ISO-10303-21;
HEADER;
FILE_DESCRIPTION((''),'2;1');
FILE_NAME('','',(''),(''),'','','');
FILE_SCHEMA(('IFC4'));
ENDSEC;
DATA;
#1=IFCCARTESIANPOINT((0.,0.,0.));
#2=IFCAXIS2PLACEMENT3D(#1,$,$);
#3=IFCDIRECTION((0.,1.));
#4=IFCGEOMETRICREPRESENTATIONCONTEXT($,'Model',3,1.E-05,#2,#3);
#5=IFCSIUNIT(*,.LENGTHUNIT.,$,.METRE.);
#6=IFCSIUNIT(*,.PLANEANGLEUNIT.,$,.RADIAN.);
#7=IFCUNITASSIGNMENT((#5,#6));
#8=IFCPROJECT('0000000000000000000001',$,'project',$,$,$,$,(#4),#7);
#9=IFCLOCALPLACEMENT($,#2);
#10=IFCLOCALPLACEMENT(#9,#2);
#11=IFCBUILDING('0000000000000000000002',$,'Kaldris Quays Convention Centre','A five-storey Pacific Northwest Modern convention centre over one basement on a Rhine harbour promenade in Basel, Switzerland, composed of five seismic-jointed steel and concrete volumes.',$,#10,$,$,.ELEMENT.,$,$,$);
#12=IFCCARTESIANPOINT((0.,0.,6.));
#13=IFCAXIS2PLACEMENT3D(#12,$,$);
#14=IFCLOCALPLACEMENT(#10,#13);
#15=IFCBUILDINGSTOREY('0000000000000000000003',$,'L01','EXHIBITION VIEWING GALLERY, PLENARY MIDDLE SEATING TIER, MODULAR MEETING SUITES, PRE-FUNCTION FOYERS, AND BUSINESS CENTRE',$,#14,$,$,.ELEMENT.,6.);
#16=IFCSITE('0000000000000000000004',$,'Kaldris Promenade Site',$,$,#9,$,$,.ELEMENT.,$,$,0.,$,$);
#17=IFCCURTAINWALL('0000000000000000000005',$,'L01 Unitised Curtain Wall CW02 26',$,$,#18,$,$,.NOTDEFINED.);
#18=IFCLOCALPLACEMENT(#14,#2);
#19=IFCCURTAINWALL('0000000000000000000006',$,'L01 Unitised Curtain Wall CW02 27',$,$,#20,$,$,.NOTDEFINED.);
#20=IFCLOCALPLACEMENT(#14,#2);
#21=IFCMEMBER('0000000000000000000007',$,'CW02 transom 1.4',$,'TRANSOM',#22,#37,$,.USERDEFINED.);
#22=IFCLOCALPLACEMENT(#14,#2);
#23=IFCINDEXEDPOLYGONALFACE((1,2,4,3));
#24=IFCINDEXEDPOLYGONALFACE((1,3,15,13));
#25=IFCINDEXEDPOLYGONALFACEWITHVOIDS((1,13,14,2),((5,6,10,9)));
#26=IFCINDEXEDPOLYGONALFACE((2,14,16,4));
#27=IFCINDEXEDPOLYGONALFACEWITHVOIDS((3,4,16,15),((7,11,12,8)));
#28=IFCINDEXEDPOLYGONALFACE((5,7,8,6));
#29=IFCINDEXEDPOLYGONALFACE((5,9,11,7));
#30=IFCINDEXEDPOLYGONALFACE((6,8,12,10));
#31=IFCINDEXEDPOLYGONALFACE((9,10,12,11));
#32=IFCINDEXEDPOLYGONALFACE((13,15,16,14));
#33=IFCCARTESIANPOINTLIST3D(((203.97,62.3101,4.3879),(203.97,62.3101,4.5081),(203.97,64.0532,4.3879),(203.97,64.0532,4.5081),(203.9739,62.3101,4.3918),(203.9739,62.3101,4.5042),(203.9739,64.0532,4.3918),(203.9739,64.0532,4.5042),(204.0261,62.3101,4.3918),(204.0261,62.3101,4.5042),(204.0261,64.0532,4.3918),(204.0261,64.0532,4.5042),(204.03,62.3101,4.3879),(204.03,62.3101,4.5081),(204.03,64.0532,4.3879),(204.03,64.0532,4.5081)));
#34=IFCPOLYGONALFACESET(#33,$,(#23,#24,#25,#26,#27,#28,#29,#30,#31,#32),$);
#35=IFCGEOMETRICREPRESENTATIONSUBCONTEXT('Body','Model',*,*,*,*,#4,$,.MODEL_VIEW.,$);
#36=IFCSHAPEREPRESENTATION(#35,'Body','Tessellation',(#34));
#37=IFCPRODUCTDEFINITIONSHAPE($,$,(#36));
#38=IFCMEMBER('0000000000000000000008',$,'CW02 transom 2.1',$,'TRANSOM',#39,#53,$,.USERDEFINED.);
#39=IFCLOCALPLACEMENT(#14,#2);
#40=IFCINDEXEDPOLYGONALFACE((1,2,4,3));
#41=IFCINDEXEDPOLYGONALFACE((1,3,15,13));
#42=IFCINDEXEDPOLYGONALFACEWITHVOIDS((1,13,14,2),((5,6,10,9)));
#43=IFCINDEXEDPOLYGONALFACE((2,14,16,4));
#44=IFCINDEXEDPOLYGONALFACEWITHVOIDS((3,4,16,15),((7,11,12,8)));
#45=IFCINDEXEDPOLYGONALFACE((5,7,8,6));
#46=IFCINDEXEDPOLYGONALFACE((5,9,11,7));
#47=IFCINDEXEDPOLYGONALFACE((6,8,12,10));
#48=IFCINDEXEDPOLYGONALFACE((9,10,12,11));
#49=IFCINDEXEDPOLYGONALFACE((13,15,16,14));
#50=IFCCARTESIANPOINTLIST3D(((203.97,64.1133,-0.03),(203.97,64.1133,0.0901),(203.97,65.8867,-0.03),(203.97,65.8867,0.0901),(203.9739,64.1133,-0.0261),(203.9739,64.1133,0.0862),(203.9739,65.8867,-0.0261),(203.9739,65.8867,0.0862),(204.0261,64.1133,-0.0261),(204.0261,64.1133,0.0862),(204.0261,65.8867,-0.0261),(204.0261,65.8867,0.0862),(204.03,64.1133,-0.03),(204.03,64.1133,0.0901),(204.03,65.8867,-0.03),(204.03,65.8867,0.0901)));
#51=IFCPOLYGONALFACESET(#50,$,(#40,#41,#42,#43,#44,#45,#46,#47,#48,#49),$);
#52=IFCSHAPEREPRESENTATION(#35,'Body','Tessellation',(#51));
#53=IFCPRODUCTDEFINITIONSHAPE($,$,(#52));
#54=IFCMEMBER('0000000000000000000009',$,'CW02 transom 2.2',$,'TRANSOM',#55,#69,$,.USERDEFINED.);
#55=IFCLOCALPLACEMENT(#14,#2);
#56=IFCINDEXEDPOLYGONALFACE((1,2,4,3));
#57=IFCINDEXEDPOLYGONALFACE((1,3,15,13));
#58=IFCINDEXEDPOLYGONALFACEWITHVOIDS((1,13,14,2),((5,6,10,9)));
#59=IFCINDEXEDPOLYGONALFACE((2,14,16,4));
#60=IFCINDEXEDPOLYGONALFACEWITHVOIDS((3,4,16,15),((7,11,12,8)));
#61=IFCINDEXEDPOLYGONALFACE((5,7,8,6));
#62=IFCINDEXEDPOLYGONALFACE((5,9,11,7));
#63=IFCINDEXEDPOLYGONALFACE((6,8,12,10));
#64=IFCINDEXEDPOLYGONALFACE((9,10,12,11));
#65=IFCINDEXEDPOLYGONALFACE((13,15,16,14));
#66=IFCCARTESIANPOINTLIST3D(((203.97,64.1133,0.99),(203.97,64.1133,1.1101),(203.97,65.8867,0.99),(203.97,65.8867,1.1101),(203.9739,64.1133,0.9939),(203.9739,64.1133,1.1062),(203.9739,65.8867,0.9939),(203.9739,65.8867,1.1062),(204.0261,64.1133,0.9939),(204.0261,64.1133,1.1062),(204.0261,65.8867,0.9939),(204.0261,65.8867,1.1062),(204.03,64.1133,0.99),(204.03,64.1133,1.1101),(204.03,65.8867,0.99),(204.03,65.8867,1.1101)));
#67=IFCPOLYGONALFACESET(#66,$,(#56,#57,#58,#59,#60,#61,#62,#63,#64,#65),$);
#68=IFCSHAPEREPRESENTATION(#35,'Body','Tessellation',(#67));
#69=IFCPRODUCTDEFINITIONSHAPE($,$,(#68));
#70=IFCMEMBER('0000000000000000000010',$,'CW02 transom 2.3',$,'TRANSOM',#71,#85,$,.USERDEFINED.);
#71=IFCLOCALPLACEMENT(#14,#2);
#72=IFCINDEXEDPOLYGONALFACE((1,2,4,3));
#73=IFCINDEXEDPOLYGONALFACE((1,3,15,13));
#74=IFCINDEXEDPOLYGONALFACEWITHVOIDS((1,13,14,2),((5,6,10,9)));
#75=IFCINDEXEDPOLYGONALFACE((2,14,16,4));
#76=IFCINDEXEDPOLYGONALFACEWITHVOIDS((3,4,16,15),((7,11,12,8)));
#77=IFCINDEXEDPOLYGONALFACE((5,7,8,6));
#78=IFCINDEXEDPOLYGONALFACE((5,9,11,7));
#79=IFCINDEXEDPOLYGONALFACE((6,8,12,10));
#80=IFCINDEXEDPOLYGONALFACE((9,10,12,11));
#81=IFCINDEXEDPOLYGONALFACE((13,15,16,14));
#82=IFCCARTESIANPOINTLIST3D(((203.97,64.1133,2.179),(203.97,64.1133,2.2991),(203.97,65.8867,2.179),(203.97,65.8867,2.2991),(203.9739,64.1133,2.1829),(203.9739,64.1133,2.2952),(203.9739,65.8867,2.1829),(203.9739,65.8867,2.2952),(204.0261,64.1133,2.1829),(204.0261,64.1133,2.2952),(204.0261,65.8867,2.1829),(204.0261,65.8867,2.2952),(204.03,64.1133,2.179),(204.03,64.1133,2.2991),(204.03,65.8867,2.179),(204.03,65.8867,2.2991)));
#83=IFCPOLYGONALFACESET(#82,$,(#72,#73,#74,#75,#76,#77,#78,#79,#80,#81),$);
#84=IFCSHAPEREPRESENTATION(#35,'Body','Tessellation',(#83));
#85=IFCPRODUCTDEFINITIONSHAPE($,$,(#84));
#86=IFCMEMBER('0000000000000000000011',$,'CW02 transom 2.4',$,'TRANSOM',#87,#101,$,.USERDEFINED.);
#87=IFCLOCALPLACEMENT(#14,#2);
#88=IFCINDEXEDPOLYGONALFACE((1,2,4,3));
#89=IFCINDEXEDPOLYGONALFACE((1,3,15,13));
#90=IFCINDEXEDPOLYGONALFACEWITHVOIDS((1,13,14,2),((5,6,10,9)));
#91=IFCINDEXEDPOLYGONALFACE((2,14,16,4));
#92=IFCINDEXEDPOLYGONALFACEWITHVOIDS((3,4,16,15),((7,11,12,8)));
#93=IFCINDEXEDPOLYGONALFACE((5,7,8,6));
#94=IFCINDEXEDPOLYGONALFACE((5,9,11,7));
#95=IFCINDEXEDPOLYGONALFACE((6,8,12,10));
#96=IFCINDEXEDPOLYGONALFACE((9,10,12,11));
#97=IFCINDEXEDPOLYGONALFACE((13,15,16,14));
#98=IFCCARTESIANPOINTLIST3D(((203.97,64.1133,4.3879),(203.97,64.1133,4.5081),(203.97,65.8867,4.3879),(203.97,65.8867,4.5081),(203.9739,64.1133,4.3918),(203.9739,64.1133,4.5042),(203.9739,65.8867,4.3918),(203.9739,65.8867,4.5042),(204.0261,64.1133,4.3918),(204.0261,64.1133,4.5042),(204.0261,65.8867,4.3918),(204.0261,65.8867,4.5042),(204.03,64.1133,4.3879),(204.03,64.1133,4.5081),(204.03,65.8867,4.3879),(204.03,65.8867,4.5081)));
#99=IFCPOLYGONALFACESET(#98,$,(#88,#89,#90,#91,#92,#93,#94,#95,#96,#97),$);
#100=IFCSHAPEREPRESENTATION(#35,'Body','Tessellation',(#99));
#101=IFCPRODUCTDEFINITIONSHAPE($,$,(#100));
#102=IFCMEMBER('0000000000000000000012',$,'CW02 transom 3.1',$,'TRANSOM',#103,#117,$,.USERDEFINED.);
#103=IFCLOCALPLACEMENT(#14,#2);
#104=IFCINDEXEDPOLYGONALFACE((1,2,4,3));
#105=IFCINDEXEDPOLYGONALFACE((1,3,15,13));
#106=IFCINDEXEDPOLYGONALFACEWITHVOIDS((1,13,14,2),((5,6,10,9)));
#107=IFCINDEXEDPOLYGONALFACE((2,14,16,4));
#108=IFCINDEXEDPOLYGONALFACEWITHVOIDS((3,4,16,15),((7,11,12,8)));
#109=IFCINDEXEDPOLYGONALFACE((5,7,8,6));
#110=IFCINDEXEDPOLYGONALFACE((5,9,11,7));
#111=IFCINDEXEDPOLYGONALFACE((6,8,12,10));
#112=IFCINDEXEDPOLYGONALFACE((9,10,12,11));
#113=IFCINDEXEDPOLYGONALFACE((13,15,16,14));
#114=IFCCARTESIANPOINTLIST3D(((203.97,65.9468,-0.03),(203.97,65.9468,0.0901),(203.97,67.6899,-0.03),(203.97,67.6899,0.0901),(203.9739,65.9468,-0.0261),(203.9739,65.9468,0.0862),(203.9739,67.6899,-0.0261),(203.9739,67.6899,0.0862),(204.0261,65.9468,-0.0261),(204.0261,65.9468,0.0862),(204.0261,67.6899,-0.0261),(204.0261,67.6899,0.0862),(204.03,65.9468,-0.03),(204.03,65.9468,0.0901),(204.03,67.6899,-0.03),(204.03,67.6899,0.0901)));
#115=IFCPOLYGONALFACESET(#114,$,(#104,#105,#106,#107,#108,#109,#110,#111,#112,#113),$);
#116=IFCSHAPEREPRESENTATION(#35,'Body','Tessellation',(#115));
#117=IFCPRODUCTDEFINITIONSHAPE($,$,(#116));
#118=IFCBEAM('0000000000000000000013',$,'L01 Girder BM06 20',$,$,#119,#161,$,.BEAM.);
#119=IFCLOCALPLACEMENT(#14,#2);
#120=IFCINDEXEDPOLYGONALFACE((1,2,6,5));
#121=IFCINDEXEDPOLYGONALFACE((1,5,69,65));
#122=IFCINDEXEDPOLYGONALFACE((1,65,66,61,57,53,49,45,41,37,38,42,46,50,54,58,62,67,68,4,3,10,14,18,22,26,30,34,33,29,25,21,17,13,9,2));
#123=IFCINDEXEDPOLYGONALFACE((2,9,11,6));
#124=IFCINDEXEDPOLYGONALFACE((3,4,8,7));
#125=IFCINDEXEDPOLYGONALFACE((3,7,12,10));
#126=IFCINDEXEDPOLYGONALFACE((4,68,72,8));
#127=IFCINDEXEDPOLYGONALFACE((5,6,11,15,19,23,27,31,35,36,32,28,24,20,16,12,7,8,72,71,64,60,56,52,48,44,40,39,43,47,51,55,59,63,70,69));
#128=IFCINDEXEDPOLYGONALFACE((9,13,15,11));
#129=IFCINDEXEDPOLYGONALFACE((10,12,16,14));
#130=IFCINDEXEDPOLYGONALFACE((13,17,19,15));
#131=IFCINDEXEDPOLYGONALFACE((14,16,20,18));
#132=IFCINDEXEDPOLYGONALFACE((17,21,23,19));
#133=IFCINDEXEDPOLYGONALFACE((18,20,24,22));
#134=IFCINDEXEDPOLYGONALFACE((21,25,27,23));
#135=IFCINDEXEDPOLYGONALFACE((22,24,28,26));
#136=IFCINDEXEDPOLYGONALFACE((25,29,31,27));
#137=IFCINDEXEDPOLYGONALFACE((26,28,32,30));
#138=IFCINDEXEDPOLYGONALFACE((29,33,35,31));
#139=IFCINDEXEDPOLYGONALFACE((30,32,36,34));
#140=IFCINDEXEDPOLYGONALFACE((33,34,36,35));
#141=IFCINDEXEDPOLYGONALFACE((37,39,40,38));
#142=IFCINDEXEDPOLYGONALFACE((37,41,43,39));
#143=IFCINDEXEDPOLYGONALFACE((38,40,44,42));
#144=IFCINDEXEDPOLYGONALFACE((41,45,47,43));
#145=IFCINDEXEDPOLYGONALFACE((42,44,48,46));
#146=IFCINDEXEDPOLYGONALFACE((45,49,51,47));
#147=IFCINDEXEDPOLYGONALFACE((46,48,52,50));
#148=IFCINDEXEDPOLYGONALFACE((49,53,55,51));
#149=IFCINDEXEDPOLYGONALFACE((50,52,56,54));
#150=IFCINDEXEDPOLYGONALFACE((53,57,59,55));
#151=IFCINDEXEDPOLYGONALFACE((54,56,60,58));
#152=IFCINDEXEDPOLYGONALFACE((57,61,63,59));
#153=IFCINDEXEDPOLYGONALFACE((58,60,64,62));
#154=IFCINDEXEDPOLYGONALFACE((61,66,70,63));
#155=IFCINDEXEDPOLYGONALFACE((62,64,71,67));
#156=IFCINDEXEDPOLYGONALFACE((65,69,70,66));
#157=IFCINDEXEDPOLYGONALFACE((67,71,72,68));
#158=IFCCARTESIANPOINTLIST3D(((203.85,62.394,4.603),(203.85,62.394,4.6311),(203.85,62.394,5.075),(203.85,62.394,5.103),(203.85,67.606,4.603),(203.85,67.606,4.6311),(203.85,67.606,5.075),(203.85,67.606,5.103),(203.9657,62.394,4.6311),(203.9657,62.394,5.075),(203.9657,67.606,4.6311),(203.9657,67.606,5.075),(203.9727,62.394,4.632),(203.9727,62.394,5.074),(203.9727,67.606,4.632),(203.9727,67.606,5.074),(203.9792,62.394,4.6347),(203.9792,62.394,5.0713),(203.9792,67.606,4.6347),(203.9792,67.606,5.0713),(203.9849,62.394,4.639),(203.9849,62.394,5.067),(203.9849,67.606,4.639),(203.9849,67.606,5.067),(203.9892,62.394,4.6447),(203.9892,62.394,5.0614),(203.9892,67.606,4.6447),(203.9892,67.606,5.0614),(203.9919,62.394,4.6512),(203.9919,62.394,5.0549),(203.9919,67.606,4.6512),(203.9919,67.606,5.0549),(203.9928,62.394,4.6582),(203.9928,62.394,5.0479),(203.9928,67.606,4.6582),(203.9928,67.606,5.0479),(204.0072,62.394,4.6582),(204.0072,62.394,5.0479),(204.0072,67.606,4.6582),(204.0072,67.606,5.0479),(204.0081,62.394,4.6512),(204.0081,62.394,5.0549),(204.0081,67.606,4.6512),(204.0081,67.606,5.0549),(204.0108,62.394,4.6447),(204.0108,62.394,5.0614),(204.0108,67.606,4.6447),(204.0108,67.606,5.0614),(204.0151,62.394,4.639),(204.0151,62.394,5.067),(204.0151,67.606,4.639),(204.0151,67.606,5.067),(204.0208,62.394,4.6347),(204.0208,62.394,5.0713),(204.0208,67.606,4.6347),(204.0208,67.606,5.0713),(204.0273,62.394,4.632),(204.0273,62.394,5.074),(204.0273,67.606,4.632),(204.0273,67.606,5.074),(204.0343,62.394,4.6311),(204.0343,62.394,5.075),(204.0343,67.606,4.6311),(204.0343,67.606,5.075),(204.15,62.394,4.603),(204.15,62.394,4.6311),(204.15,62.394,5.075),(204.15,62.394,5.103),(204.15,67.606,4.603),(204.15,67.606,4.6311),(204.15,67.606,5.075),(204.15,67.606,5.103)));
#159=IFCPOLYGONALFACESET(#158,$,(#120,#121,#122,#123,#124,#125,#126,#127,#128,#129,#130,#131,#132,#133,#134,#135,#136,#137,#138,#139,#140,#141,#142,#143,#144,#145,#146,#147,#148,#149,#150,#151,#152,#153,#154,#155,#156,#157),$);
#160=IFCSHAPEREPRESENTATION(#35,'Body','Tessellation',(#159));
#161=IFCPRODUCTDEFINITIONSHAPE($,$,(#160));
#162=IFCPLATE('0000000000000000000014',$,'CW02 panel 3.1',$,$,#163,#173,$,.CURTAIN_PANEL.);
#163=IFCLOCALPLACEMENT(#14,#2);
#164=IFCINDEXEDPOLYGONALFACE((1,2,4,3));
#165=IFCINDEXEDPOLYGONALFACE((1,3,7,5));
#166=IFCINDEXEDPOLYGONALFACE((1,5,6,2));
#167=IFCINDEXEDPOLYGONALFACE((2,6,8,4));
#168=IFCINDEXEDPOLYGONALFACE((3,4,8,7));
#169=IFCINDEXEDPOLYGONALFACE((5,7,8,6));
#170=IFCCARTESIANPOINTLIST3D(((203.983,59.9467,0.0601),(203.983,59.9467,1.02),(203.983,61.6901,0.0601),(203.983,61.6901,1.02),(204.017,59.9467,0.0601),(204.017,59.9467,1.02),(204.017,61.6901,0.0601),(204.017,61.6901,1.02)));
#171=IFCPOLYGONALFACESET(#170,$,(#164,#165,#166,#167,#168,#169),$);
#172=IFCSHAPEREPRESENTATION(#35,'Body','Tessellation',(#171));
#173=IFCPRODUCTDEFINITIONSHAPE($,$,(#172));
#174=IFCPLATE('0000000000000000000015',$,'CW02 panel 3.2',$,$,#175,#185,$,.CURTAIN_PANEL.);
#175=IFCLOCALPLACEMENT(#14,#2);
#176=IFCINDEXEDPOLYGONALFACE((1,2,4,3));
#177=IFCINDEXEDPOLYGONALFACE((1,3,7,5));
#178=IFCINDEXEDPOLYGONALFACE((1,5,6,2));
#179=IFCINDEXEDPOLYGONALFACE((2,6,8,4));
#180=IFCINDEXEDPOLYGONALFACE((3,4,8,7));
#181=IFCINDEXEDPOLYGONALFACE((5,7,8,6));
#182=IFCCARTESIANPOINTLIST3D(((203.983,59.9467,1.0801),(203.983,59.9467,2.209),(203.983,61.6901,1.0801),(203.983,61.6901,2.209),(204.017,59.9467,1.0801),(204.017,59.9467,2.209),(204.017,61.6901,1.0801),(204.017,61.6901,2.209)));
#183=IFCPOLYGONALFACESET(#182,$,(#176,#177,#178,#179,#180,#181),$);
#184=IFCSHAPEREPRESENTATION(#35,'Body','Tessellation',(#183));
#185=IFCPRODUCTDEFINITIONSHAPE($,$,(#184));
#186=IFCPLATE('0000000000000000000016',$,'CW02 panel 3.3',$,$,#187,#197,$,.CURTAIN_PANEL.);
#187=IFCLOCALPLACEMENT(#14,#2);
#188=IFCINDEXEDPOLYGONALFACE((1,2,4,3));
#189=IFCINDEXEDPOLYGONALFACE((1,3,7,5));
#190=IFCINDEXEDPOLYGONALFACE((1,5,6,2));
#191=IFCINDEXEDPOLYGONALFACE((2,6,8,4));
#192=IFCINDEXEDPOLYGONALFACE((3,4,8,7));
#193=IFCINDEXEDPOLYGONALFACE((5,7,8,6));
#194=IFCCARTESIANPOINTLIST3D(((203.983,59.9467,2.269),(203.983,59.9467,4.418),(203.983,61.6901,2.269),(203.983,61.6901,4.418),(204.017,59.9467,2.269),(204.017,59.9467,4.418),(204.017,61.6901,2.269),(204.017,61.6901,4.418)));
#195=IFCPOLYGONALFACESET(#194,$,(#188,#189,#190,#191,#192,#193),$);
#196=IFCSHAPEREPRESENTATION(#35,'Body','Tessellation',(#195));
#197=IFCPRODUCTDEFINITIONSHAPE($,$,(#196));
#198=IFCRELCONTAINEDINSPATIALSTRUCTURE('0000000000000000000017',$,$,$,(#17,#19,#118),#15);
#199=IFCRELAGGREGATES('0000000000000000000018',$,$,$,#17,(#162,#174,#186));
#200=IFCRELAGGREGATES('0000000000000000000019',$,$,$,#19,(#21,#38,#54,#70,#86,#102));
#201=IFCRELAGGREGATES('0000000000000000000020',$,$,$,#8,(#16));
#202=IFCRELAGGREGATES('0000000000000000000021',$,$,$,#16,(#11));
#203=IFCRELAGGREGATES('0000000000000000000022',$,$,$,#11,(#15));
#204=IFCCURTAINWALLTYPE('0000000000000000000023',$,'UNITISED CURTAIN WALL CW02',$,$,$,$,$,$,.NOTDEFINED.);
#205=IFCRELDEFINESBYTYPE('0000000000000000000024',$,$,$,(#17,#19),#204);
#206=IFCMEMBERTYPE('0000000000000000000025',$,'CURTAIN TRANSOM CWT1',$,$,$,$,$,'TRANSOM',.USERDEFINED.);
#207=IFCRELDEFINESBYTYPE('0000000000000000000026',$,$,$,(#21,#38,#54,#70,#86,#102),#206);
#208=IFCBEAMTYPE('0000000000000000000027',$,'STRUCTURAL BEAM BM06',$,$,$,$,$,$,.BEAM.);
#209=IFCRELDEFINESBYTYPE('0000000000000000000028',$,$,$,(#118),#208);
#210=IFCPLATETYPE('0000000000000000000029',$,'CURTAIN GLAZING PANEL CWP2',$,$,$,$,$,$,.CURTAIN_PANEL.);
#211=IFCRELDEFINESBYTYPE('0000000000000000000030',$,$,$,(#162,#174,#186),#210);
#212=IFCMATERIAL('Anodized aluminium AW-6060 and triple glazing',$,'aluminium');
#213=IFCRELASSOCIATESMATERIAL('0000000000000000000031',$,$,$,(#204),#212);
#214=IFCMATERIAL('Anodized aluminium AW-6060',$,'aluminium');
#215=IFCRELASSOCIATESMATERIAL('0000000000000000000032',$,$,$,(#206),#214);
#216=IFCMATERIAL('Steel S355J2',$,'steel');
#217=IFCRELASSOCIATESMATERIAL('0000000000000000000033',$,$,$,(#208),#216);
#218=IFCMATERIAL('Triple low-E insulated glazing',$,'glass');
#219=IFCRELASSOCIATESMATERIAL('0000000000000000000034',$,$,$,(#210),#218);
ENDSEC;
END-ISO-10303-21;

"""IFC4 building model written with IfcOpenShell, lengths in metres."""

from ifc_helpers import new_model, si_unit, direction, frame, origin, origin_2d, place, context, subcontext, project, spatial, rectangle, hollow_rectangle, i_section, extrude, material, material_profile, profile_set, type_object, element, aggregate, save


model = new_model("IFC4")

# Units and contexts
model_context = context("Model", 3, precision=1e-05, world=origin(), true_north=direction((0.0, 1.0)))
body_context = subcontext(model_context, "Body", "Model", "MODEL_VIEW")
ifc_project = project(units=[si_unit("LENGTHUNIT", "METRE"), si_unit("PLANEANGLEUNIT", "RADIAN")], contexts=[model_context])

# Site, building, storey
site_placement = place(None, origin())
site = spatial("IfcSite", under=ifc_project, at=site_placement, Name="Kaldris Promenade Site", CompositionType="ELEMENT", RefElevation=0.0)
building_placement = place(site_placement, origin())
building = spatial("IfcBuilding", under=site, at=building_placement, Name="Kaldris Quays Convention Centre", Description="A five-storey Pacific Northwest Modern convention centre over one basement on a Rhine harbour promenade in Basel, Switzerland, composed of five seismic-jointed steel and concrete volumes.", CompositionType="ELEMENT")
storey_placement = place(building_placement, frame((0.0, 0.0, 6.0)))
storey = spatial("IfcBuildingStorey", under=building, at=storey_placement, Name="L01", Description="EXHIBITION VIEWING GALLERY, PLENARY MIDDLE SEATING TIER, MODULAR MEETING SUITES, PRE-FUNCTION FOYERS, AND BUSINESS CENTRE", CompositionType="ELEMENT", Elevation=6.0)

# Shared definitions
ifc_material_1 = material(Name="Steel S355J2", Category="steel")

# Curtain wall
ifc_material_2 = material(Name="Anodized aluminium AW-6060 and triple glazing", Category="aluminium")
curtain_wall_type = type_object("IfcCurtainWallType", Name="UNITISED CURTAIN WALL CW02", PredefinedType="NOTDEFINED", material=ifc_material_2)
curtain_wall_1_placement = place(storey_placement, origin())
curtain_wall_1 = element("IfcCurtainWall", 1, at=curtain_wall_1_placement, inside=storey, type_object=curtain_wall_type, Name="L01 Unitised Curtain Wall CW02 26", PredefinedType="NOTDEFINED")
ifc_material_3 = material(Name="Anodized aluminium AW-6060", Category="aluminium")

# Curtain wall
curtain_wall_2_placement = place(storey_placement, origin())
curtain_wall_2 = element("IfcCurtainWall", 2, at=curtain_wall_2_placement, inside=storey, type_object=curtain_wall_type, Name="L01 Unitised Curtain Wall CW02 27", PredefinedType="NOTDEFINED")

# Members
ifc_material_profile_1 = material_profile(ifc_material_3, hollow_rectangle(XDim=0.0601, YDim=0.1201, WallThickness=0.0039, at=origin_2d()), Name="RHS 120x60x4")
ifc_profile_set_1 = profile_set([ifc_material_profile_1], Name="Anodized aluminium AW-6060")
member_type_1 = type_object("IfcMemberType", Name="CURTAIN TRANSOM CWT1", ElementType="TRANSOM", PredefinedType="USERDEFINED", material=ifc_profile_set_1)
member_1_placement = place(storey_placement, frame((204.0, 62.3101, 4.448), z_axis=(0.0, 1.0, 0.0), x_axis=(-1.0, 0.0, 0.0)))
member_1 = element("IfcMember", 3, at=member_1_placement, type_object=member_type_1, Name="CW02 transom 1.4", ObjectType="TRANSOM", PredefinedType="USERDEFINED", context=body_context, shape_type="SweptSolid", body=[
    extrude(hollow_rectangle(XDim=0.0601, YDim=0.1201, WallThickness=0.0039, at=origin_2d()), origin(), (0.0, 0.0, 1.0), 1.7432),
])
member_2_placement = place(storey_placement, frame((204.0, 64.1133, 0.03), z_axis=(0.0, 1.0, 0.0), x_axis=(-1.0, 0.0, 0.0)))
member_2 = element("IfcMember", 4, at=member_2_placement, type_object=member_type_1, Name="CW02 transom 2.1", ObjectType="TRANSOM", PredefinedType="USERDEFINED", context=body_context, shape_type="SweptSolid", body=[
    extrude(hollow_rectangle(XDim=0.0601, YDim=0.1201, WallThickness=0.0039, at=origin_2d()), origin(), (0.0, 0.0, 1.0), 1.7734),
])
member_3_placement = place(storey_placement, frame((204.0, 64.1133, 1.05), z_axis=(0.0, 1.0, 0.0), x_axis=(-1.0, 0.0, 0.0)))
member_3 = element("IfcMember", 5, at=member_3_placement, type_object=member_type_1, Name="CW02 transom 2.2", ObjectType="TRANSOM", PredefinedType="USERDEFINED", context=body_context, shape_type="SweptSolid", body=[
    extrude(hollow_rectangle(XDim=0.0601, YDim=0.1201, WallThickness=0.0039, at=origin_2d()), origin(), (0.0, 0.0, 1.0), 1.7734),
])
member_4_placement = place(storey_placement, frame((204.0, 64.1133, 2.239), z_axis=(0.0, 1.0, 0.0), x_axis=(-1.0, 0.0, 0.0)))
member_4 = element("IfcMember", 6, at=member_4_placement, type_object=member_type_1, Name="CW02 transom 2.3", ObjectType="TRANSOM", PredefinedType="USERDEFINED", context=body_context, shape_type="SweptSolid", body=[
    extrude(hollow_rectangle(XDim=0.0601, YDim=0.1201, WallThickness=0.0039, at=origin_2d()), origin(), (0.0, 0.0, 1.0), 1.7734),
])
member_5_placement = place(storey_placement, frame((204.0, 64.1133, 4.448), z_axis=(0.0, 1.0, 0.0), x_axis=(-1.0, 0.0, 0.0)))
member_5 = element("IfcMember", 7, at=member_5_placement, type_object=member_type_1, Name="CW02 transom 2.4", ObjectType="TRANSOM", PredefinedType="USERDEFINED", context=body_context, shape_type="SweptSolid", body=[
    extrude(hollow_rectangle(XDim=0.0601, YDim=0.1201, WallThickness=0.0039, at=origin_2d()), origin(), (0.0, 0.0, 1.0), 1.7734),
])
member_6_placement = place(storey_placement, frame((204.0, 65.9468, 0.03), z_axis=(0.0, 1.0, 0.0), x_axis=(-1.0, 0.0, 0.0)))
member_6 = element("IfcMember", 8, at=member_6_placement, type_object=member_type_1, Name="CW02 transom 3.1", ObjectType="TRANSOM", PredefinedType="USERDEFINED", context=body_context, shape_type="SweptSolid", body=[
    extrude(hollow_rectangle(XDim=0.0601, YDim=0.1201, WallThickness=0.0039, at=origin_2d()), origin(), (0.0, 0.0, 1.0), 1.7432),
])

# Beam
ifc_material_profile_2 = material_profile(ifc_material_1, i_section(OverallWidth=0.3, OverallDepth=0.5, WebThickness=0.0144, FlangeThickness=0.0281, FilletRadius=0.0271, at=origin_2d()), Name="HEB 500")
ifc_profile_set_2 = profile_set([ifc_material_profile_2], Name="Steel S355J2")
beam_type = type_object("IfcBeamType", Name="STRUCTURAL BEAM BM06", PredefinedType="BEAM", material=ifc_profile_set_2)
beam_placement = place(storey_placement, frame((204.0, 62.394, 4.853), z_axis=(0.0, 1.0, 0.0), x_axis=(-1.0, 0.0, 0.0)))
element("IfcBeam", 9, at=beam_placement, inside=storey, type_object=beam_type, Name="L01 Girder BM06 20", PredefinedType="BEAM", context=body_context, shape_type="SweptSolid", body=[
    extrude(i_section(OverallWidth=0.3, OverallDepth=0.5, WebThickness=0.0144, FlangeThickness=0.0281, FilletRadius=0.0271, at=origin_2d()), origin(), (0.0, 0.0, 1.0), 5.2119),
])

# Plates
ifc_material_4 = material(Name="Triple low-E insulated glazing", Category="glass")
plate_type_1 = type_object("IfcPlateType", Name="CURTAIN GLAZING PANEL CWP2", PredefinedType="CURTAIN_PANEL", material=ifc_material_4)
plate_1_placement = place(storey_placement, frame((204.0, 60.8184, 0.0601), z_axis=(0.0, 0.0, 1.0), x_axis=(0.0, 1.0, 0.0)))
plate_1 = element("IfcPlate", 10, at=plate_1_placement, type_object=plate_type_1, Name="CW02 panel 3.1", PredefinedType="CURTAIN_PANEL", context=body_context, shape_type="SweptSolid", body=[
    extrude(rectangle(XDim=1.7434, YDim=0.0339, at=origin_2d()), origin(), (0.0, 0.0, 1.0), 0.96),
])
plate_2_placement = place(storey_placement, frame((204.0, 60.8184, 1.0801), z_axis=(0.0, 0.0, 1.0), x_axis=(0.0, 1.0, 0.0)))
plate_2 = element("IfcPlate", 11, at=plate_2_placement, type_object=plate_type_1, Name="CW02 panel 3.2", PredefinedType="CURTAIN_PANEL", context=body_context, shape_type="SweptSolid", body=[
    extrude(rectangle(XDim=1.7434, YDim=0.0339, at=origin_2d()), origin(), (0.0, 0.0, 1.0), 1.1289),
])
plate_3_placement = place(storey_placement, frame((204.0, 60.8184, 2.269), z_axis=(0.0, 0.0, 1.0), x_axis=(0.0, 1.0, 0.0)))
plate_3 = element("IfcPlate", 12, at=plate_3_placement, type_object=plate_type_1, Name="CW02 panel 3.3", PredefinedType="CURTAIN_PANEL", context=body_context, shape_type="SweptSolid", body=[
    extrude(rectangle(XDim=1.7434, YDim=0.0339, at=origin_2d()), origin(), (0.0, 0.0, 1.0), 2.1489),
])
aggregate(curtain_wall_1, [plate_1, plate_2, plate_3])
aggregate(curtain_wall_2, [member_1, member_2, member_3, member_4, member_5, member_6])

save(model, "model.ifc")
